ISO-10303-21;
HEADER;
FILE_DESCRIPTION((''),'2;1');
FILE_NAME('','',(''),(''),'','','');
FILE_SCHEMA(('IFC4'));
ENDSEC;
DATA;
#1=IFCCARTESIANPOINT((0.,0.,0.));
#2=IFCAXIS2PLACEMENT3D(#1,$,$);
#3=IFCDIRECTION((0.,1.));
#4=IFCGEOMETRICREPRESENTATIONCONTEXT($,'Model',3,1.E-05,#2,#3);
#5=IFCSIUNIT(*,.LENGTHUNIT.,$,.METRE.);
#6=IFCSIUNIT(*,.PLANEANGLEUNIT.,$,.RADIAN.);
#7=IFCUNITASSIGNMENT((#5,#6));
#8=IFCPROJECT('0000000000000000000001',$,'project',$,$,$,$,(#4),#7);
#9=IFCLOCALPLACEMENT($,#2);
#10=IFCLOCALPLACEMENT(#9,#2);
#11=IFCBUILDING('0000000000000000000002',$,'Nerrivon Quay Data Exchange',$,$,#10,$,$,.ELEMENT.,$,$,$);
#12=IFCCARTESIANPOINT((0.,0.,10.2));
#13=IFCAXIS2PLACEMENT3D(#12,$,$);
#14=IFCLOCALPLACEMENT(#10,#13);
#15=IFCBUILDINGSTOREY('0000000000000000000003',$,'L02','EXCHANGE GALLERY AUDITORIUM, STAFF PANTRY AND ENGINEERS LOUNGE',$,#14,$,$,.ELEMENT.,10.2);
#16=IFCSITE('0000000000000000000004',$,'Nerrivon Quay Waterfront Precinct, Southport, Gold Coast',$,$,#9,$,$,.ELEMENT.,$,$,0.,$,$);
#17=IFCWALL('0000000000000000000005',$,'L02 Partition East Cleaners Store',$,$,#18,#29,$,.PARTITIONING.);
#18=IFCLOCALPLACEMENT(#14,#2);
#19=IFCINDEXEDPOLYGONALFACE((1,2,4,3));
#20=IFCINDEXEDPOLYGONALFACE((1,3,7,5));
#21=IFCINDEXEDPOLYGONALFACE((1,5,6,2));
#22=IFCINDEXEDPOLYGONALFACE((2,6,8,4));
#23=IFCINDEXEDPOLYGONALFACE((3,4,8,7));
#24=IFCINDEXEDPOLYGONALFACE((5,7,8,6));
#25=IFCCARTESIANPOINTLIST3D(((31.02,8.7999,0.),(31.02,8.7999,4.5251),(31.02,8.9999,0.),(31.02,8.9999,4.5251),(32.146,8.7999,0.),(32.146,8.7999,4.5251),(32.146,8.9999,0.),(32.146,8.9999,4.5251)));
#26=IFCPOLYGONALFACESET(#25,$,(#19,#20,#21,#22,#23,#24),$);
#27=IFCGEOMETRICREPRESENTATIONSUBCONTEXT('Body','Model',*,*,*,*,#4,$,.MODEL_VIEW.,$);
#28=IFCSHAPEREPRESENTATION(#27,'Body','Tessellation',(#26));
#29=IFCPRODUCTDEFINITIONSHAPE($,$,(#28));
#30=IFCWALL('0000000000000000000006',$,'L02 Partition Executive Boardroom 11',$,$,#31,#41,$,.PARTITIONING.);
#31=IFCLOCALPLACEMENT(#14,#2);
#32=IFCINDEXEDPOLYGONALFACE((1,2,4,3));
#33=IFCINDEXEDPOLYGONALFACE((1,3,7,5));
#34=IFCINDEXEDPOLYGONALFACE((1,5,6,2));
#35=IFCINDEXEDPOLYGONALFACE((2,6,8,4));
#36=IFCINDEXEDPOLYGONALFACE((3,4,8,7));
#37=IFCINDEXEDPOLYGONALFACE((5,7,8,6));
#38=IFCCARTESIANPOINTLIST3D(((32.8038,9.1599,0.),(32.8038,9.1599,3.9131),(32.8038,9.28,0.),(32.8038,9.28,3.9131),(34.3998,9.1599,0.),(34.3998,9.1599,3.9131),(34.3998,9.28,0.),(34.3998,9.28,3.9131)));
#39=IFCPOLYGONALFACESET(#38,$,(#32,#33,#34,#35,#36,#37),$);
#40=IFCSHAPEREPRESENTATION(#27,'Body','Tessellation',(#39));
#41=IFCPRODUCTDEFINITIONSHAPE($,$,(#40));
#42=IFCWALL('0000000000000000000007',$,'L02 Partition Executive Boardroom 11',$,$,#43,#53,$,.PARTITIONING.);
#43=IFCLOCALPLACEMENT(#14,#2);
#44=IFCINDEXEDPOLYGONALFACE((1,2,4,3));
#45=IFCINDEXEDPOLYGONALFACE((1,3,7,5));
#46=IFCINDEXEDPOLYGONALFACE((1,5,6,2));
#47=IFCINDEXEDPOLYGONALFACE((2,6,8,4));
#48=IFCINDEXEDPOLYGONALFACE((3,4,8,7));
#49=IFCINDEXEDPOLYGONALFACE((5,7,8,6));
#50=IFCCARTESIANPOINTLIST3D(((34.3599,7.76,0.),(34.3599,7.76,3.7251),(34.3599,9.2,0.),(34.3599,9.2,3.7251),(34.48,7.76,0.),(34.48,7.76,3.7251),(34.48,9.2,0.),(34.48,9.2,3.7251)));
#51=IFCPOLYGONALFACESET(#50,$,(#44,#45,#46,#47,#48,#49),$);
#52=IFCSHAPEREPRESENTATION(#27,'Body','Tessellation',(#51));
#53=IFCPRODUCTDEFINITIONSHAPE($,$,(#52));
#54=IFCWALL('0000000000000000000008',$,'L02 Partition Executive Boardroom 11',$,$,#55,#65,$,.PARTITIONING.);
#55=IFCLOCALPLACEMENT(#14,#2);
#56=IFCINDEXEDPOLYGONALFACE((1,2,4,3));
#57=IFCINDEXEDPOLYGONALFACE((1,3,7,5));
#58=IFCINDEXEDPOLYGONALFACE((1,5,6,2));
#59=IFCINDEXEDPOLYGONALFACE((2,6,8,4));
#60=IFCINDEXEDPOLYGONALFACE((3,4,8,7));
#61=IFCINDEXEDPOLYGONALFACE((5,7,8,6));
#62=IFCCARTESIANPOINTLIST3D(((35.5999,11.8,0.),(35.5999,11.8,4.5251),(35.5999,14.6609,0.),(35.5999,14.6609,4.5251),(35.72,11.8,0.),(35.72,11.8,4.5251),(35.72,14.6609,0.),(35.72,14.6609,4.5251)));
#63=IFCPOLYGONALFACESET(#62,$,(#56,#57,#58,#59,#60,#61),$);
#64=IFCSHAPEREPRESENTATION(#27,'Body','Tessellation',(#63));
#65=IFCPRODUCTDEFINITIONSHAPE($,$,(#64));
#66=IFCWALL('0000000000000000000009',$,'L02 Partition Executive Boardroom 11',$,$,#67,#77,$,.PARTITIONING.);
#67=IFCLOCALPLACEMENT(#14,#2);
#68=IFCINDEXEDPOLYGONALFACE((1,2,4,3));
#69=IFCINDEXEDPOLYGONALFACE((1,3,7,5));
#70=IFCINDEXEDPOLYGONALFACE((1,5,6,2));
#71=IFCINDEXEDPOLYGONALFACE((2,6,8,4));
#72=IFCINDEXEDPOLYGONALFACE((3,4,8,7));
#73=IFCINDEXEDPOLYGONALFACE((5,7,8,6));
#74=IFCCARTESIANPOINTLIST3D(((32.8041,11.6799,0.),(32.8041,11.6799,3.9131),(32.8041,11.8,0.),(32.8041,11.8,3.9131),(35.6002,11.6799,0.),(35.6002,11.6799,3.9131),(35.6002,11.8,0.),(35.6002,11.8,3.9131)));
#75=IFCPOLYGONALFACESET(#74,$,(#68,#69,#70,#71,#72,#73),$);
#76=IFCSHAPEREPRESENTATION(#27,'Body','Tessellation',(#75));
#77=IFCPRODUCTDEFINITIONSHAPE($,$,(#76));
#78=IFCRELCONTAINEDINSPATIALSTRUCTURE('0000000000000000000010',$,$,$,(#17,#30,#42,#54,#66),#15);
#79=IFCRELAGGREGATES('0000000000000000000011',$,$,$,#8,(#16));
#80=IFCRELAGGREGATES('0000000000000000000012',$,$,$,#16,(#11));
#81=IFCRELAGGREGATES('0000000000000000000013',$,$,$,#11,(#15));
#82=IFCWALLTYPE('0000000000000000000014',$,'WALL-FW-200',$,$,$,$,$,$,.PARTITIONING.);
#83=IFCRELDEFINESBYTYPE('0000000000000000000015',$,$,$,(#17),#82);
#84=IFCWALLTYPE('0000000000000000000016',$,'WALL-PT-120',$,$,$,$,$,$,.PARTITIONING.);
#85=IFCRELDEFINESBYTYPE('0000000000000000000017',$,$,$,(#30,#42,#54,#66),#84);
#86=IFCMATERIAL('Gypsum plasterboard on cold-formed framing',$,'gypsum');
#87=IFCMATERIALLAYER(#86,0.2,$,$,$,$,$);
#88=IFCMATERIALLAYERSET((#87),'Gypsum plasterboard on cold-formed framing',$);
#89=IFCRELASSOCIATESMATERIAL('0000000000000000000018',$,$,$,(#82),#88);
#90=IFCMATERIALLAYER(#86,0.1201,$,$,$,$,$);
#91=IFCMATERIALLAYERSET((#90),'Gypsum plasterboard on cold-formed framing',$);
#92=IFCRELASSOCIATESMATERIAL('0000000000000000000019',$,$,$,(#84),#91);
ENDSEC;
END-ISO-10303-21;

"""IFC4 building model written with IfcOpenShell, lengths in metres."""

from ifc_helpers import new_model, si_unit, direction, frame, frame_2d, origin, place, context, subcontext, project, spatial, rectangle, extrude, material, layer, layer_set, type_object, element, save


model = new_model("IFC4")

# Units and contexts
model_context = context("Model", 3, precision=1e-05, world=origin(), true_north=direction((0.0, 1.0)))
body_context = subcontext(model_context, "Body", "Model", "MODEL_VIEW")
ifc_project = project(units=[si_unit("LENGTHUNIT", "METRE"), si_unit("PLANEANGLEUNIT", "RADIAN")], contexts=[model_context])

# Site, building, storey
site_placement = place(None, origin())
site = spatial("IfcSite", under=ifc_project, at=site_placement, Name="Nerrivon Quay Waterfront Precinct, Southport, Gold Coast", CompositionType="ELEMENT", RefElevation=0.0)
building_placement = place(site_placement, origin())
building = spatial("IfcBuilding", under=site, at=building_placement, Name="Nerrivon Quay Data Exchange", CompositionType="ELEMENT")
storey_placement = place(building_placement, frame((0.0, 0.0, 10.2)))
storey = spatial("IfcBuildingStorey", under=building, at=storey_placement, Name="L02", Description="EXCHANGE GALLERY AUDITORIUM, STAFF PANTRY AND ENGINEERS LOUNGE", CompositionType="ELEMENT", Elevation=10.2)

# Shared definitions
ifc_material_1 = material(Name="Gypsum plasterboard on cold-formed framing", Category="gypsum")
ifc_layer_1 = layer(ifc_material_1, 0.2)
ifc_layer_set_1 = layer_set([ifc_layer_1], Name="Gypsum plasterboard on cold-formed framing")
wall_type_1 = type_object("IfcWallType", Name="WALL-FW-200", PredefinedType="PARTITIONING", material=ifc_layer_set_1)

# Walls
wall_1_placement = place(storey_placement, frame((31.02, 8.8999, 0.0), z_axis=(0.0, 0.0, 1.0), x_axis=(1.0, 0.0, 0.0)))
element("IfcWall", 1, at=wall_1_placement, inside=storey, type_object=wall_type_1, Name="L02 Partition East Cleaners Store", PredefinedType="PARTITIONING", context=body_context, shape_type="SweptSolid", body=[
    extrude(rectangle(XDim=1.126, YDim=0.2, at=frame_2d((0.563, 0.0))), origin(), (0.0, 0.0, 1.0), 4.5251),
])
ifc_layer_2 = layer(ifc_material_1, 0.1201)
ifc_layer_set_2 = layer_set([ifc_layer_2], Name="Gypsum plasterboard on cold-formed framing")
wall_type_2 = type_object("IfcWallType", Name="WALL-PT-120", PredefinedType="PARTITIONING", material=ifc_layer_set_2)
wall_2_placement = place(storey_placement, frame((32.804, 9.22, 0.0), z_axis=(0.0, 0.0, 1.0), x_axis=(1.0, 0.0, 0.0)))
element("IfcWall", 2, at=wall_2_placement, inside=storey, type_object=wall_type_2, Name="L02 Partition Executive Boardroom 11", PredefinedType="PARTITIONING", context=body_context, shape_type="SweptSolid", body=[
    extrude(rectangle(XDim=1.5959, YDim=0.1201, at=frame_2d((0.7979, 0.0))), origin(), (0.0, 0.0, 1.0), 3.9131),
])
wall_3_placement = place(storey_placement, frame((34.4199, 9.2, 0.0), z_axis=(0.0, 0.0, 1.0), x_axis=(0.0, -1.0, 0.0)))
element("IfcWall", 3, at=wall_3_placement, inside=storey, type_object=wall_type_2, Name="L02 Partition Executive Boardroom 11", PredefinedType="PARTITIONING", context=body_context, shape_type="SweptSolid", body=[
    extrude(rectangle(XDim=1.4399, YDim=0.1201, at=frame_2d((0.72, 0.0))), origin(), (0.0, 0.0, 1.0), 3.7251),
])
wall_4_placement = place(storey_placement, frame((35.6599, 14.6609, 0.0), z_axis=(0.0, 0.0, 1.0), x_axis=(0.0, -1.0, 0.0)))
element("IfcWall", 4, at=wall_4_placement, inside=storey, type_object=wall_type_2, Name="L02 Partition Executive Boardroom 11", PredefinedType="PARTITIONING", context=body_context, shape_type="SweptSolid", body=[
    extrude(rectangle(XDim=2.8608, YDim=0.1201, at=frame_2d((1.4304, 0.0))), origin(), (0.0, 0.0, 1.0), 4.5251),
])
wall_5_placement = place(storey_placement, frame((35.6001, 11.74, 0.0), z_axis=(0.0, 0.0, 1.0), x_axis=(-1.0, 0.0, 0.0)))
element("IfcWall", 5, at=wall_5_placement, inside=storey, type_object=wall_type_2, Name="L02 Partition Executive Boardroom 11", PredefinedType="PARTITIONING", context=body_context, shape_type="SweptSolid", body=[
    extrude(rectangle(XDim=2.7961, YDim=0.1201, at=frame_2d((1.3979, 0.0))), origin(), (0.0, 0.0, 1.0), 3.9131),
])

save(model, "model.ifc")
